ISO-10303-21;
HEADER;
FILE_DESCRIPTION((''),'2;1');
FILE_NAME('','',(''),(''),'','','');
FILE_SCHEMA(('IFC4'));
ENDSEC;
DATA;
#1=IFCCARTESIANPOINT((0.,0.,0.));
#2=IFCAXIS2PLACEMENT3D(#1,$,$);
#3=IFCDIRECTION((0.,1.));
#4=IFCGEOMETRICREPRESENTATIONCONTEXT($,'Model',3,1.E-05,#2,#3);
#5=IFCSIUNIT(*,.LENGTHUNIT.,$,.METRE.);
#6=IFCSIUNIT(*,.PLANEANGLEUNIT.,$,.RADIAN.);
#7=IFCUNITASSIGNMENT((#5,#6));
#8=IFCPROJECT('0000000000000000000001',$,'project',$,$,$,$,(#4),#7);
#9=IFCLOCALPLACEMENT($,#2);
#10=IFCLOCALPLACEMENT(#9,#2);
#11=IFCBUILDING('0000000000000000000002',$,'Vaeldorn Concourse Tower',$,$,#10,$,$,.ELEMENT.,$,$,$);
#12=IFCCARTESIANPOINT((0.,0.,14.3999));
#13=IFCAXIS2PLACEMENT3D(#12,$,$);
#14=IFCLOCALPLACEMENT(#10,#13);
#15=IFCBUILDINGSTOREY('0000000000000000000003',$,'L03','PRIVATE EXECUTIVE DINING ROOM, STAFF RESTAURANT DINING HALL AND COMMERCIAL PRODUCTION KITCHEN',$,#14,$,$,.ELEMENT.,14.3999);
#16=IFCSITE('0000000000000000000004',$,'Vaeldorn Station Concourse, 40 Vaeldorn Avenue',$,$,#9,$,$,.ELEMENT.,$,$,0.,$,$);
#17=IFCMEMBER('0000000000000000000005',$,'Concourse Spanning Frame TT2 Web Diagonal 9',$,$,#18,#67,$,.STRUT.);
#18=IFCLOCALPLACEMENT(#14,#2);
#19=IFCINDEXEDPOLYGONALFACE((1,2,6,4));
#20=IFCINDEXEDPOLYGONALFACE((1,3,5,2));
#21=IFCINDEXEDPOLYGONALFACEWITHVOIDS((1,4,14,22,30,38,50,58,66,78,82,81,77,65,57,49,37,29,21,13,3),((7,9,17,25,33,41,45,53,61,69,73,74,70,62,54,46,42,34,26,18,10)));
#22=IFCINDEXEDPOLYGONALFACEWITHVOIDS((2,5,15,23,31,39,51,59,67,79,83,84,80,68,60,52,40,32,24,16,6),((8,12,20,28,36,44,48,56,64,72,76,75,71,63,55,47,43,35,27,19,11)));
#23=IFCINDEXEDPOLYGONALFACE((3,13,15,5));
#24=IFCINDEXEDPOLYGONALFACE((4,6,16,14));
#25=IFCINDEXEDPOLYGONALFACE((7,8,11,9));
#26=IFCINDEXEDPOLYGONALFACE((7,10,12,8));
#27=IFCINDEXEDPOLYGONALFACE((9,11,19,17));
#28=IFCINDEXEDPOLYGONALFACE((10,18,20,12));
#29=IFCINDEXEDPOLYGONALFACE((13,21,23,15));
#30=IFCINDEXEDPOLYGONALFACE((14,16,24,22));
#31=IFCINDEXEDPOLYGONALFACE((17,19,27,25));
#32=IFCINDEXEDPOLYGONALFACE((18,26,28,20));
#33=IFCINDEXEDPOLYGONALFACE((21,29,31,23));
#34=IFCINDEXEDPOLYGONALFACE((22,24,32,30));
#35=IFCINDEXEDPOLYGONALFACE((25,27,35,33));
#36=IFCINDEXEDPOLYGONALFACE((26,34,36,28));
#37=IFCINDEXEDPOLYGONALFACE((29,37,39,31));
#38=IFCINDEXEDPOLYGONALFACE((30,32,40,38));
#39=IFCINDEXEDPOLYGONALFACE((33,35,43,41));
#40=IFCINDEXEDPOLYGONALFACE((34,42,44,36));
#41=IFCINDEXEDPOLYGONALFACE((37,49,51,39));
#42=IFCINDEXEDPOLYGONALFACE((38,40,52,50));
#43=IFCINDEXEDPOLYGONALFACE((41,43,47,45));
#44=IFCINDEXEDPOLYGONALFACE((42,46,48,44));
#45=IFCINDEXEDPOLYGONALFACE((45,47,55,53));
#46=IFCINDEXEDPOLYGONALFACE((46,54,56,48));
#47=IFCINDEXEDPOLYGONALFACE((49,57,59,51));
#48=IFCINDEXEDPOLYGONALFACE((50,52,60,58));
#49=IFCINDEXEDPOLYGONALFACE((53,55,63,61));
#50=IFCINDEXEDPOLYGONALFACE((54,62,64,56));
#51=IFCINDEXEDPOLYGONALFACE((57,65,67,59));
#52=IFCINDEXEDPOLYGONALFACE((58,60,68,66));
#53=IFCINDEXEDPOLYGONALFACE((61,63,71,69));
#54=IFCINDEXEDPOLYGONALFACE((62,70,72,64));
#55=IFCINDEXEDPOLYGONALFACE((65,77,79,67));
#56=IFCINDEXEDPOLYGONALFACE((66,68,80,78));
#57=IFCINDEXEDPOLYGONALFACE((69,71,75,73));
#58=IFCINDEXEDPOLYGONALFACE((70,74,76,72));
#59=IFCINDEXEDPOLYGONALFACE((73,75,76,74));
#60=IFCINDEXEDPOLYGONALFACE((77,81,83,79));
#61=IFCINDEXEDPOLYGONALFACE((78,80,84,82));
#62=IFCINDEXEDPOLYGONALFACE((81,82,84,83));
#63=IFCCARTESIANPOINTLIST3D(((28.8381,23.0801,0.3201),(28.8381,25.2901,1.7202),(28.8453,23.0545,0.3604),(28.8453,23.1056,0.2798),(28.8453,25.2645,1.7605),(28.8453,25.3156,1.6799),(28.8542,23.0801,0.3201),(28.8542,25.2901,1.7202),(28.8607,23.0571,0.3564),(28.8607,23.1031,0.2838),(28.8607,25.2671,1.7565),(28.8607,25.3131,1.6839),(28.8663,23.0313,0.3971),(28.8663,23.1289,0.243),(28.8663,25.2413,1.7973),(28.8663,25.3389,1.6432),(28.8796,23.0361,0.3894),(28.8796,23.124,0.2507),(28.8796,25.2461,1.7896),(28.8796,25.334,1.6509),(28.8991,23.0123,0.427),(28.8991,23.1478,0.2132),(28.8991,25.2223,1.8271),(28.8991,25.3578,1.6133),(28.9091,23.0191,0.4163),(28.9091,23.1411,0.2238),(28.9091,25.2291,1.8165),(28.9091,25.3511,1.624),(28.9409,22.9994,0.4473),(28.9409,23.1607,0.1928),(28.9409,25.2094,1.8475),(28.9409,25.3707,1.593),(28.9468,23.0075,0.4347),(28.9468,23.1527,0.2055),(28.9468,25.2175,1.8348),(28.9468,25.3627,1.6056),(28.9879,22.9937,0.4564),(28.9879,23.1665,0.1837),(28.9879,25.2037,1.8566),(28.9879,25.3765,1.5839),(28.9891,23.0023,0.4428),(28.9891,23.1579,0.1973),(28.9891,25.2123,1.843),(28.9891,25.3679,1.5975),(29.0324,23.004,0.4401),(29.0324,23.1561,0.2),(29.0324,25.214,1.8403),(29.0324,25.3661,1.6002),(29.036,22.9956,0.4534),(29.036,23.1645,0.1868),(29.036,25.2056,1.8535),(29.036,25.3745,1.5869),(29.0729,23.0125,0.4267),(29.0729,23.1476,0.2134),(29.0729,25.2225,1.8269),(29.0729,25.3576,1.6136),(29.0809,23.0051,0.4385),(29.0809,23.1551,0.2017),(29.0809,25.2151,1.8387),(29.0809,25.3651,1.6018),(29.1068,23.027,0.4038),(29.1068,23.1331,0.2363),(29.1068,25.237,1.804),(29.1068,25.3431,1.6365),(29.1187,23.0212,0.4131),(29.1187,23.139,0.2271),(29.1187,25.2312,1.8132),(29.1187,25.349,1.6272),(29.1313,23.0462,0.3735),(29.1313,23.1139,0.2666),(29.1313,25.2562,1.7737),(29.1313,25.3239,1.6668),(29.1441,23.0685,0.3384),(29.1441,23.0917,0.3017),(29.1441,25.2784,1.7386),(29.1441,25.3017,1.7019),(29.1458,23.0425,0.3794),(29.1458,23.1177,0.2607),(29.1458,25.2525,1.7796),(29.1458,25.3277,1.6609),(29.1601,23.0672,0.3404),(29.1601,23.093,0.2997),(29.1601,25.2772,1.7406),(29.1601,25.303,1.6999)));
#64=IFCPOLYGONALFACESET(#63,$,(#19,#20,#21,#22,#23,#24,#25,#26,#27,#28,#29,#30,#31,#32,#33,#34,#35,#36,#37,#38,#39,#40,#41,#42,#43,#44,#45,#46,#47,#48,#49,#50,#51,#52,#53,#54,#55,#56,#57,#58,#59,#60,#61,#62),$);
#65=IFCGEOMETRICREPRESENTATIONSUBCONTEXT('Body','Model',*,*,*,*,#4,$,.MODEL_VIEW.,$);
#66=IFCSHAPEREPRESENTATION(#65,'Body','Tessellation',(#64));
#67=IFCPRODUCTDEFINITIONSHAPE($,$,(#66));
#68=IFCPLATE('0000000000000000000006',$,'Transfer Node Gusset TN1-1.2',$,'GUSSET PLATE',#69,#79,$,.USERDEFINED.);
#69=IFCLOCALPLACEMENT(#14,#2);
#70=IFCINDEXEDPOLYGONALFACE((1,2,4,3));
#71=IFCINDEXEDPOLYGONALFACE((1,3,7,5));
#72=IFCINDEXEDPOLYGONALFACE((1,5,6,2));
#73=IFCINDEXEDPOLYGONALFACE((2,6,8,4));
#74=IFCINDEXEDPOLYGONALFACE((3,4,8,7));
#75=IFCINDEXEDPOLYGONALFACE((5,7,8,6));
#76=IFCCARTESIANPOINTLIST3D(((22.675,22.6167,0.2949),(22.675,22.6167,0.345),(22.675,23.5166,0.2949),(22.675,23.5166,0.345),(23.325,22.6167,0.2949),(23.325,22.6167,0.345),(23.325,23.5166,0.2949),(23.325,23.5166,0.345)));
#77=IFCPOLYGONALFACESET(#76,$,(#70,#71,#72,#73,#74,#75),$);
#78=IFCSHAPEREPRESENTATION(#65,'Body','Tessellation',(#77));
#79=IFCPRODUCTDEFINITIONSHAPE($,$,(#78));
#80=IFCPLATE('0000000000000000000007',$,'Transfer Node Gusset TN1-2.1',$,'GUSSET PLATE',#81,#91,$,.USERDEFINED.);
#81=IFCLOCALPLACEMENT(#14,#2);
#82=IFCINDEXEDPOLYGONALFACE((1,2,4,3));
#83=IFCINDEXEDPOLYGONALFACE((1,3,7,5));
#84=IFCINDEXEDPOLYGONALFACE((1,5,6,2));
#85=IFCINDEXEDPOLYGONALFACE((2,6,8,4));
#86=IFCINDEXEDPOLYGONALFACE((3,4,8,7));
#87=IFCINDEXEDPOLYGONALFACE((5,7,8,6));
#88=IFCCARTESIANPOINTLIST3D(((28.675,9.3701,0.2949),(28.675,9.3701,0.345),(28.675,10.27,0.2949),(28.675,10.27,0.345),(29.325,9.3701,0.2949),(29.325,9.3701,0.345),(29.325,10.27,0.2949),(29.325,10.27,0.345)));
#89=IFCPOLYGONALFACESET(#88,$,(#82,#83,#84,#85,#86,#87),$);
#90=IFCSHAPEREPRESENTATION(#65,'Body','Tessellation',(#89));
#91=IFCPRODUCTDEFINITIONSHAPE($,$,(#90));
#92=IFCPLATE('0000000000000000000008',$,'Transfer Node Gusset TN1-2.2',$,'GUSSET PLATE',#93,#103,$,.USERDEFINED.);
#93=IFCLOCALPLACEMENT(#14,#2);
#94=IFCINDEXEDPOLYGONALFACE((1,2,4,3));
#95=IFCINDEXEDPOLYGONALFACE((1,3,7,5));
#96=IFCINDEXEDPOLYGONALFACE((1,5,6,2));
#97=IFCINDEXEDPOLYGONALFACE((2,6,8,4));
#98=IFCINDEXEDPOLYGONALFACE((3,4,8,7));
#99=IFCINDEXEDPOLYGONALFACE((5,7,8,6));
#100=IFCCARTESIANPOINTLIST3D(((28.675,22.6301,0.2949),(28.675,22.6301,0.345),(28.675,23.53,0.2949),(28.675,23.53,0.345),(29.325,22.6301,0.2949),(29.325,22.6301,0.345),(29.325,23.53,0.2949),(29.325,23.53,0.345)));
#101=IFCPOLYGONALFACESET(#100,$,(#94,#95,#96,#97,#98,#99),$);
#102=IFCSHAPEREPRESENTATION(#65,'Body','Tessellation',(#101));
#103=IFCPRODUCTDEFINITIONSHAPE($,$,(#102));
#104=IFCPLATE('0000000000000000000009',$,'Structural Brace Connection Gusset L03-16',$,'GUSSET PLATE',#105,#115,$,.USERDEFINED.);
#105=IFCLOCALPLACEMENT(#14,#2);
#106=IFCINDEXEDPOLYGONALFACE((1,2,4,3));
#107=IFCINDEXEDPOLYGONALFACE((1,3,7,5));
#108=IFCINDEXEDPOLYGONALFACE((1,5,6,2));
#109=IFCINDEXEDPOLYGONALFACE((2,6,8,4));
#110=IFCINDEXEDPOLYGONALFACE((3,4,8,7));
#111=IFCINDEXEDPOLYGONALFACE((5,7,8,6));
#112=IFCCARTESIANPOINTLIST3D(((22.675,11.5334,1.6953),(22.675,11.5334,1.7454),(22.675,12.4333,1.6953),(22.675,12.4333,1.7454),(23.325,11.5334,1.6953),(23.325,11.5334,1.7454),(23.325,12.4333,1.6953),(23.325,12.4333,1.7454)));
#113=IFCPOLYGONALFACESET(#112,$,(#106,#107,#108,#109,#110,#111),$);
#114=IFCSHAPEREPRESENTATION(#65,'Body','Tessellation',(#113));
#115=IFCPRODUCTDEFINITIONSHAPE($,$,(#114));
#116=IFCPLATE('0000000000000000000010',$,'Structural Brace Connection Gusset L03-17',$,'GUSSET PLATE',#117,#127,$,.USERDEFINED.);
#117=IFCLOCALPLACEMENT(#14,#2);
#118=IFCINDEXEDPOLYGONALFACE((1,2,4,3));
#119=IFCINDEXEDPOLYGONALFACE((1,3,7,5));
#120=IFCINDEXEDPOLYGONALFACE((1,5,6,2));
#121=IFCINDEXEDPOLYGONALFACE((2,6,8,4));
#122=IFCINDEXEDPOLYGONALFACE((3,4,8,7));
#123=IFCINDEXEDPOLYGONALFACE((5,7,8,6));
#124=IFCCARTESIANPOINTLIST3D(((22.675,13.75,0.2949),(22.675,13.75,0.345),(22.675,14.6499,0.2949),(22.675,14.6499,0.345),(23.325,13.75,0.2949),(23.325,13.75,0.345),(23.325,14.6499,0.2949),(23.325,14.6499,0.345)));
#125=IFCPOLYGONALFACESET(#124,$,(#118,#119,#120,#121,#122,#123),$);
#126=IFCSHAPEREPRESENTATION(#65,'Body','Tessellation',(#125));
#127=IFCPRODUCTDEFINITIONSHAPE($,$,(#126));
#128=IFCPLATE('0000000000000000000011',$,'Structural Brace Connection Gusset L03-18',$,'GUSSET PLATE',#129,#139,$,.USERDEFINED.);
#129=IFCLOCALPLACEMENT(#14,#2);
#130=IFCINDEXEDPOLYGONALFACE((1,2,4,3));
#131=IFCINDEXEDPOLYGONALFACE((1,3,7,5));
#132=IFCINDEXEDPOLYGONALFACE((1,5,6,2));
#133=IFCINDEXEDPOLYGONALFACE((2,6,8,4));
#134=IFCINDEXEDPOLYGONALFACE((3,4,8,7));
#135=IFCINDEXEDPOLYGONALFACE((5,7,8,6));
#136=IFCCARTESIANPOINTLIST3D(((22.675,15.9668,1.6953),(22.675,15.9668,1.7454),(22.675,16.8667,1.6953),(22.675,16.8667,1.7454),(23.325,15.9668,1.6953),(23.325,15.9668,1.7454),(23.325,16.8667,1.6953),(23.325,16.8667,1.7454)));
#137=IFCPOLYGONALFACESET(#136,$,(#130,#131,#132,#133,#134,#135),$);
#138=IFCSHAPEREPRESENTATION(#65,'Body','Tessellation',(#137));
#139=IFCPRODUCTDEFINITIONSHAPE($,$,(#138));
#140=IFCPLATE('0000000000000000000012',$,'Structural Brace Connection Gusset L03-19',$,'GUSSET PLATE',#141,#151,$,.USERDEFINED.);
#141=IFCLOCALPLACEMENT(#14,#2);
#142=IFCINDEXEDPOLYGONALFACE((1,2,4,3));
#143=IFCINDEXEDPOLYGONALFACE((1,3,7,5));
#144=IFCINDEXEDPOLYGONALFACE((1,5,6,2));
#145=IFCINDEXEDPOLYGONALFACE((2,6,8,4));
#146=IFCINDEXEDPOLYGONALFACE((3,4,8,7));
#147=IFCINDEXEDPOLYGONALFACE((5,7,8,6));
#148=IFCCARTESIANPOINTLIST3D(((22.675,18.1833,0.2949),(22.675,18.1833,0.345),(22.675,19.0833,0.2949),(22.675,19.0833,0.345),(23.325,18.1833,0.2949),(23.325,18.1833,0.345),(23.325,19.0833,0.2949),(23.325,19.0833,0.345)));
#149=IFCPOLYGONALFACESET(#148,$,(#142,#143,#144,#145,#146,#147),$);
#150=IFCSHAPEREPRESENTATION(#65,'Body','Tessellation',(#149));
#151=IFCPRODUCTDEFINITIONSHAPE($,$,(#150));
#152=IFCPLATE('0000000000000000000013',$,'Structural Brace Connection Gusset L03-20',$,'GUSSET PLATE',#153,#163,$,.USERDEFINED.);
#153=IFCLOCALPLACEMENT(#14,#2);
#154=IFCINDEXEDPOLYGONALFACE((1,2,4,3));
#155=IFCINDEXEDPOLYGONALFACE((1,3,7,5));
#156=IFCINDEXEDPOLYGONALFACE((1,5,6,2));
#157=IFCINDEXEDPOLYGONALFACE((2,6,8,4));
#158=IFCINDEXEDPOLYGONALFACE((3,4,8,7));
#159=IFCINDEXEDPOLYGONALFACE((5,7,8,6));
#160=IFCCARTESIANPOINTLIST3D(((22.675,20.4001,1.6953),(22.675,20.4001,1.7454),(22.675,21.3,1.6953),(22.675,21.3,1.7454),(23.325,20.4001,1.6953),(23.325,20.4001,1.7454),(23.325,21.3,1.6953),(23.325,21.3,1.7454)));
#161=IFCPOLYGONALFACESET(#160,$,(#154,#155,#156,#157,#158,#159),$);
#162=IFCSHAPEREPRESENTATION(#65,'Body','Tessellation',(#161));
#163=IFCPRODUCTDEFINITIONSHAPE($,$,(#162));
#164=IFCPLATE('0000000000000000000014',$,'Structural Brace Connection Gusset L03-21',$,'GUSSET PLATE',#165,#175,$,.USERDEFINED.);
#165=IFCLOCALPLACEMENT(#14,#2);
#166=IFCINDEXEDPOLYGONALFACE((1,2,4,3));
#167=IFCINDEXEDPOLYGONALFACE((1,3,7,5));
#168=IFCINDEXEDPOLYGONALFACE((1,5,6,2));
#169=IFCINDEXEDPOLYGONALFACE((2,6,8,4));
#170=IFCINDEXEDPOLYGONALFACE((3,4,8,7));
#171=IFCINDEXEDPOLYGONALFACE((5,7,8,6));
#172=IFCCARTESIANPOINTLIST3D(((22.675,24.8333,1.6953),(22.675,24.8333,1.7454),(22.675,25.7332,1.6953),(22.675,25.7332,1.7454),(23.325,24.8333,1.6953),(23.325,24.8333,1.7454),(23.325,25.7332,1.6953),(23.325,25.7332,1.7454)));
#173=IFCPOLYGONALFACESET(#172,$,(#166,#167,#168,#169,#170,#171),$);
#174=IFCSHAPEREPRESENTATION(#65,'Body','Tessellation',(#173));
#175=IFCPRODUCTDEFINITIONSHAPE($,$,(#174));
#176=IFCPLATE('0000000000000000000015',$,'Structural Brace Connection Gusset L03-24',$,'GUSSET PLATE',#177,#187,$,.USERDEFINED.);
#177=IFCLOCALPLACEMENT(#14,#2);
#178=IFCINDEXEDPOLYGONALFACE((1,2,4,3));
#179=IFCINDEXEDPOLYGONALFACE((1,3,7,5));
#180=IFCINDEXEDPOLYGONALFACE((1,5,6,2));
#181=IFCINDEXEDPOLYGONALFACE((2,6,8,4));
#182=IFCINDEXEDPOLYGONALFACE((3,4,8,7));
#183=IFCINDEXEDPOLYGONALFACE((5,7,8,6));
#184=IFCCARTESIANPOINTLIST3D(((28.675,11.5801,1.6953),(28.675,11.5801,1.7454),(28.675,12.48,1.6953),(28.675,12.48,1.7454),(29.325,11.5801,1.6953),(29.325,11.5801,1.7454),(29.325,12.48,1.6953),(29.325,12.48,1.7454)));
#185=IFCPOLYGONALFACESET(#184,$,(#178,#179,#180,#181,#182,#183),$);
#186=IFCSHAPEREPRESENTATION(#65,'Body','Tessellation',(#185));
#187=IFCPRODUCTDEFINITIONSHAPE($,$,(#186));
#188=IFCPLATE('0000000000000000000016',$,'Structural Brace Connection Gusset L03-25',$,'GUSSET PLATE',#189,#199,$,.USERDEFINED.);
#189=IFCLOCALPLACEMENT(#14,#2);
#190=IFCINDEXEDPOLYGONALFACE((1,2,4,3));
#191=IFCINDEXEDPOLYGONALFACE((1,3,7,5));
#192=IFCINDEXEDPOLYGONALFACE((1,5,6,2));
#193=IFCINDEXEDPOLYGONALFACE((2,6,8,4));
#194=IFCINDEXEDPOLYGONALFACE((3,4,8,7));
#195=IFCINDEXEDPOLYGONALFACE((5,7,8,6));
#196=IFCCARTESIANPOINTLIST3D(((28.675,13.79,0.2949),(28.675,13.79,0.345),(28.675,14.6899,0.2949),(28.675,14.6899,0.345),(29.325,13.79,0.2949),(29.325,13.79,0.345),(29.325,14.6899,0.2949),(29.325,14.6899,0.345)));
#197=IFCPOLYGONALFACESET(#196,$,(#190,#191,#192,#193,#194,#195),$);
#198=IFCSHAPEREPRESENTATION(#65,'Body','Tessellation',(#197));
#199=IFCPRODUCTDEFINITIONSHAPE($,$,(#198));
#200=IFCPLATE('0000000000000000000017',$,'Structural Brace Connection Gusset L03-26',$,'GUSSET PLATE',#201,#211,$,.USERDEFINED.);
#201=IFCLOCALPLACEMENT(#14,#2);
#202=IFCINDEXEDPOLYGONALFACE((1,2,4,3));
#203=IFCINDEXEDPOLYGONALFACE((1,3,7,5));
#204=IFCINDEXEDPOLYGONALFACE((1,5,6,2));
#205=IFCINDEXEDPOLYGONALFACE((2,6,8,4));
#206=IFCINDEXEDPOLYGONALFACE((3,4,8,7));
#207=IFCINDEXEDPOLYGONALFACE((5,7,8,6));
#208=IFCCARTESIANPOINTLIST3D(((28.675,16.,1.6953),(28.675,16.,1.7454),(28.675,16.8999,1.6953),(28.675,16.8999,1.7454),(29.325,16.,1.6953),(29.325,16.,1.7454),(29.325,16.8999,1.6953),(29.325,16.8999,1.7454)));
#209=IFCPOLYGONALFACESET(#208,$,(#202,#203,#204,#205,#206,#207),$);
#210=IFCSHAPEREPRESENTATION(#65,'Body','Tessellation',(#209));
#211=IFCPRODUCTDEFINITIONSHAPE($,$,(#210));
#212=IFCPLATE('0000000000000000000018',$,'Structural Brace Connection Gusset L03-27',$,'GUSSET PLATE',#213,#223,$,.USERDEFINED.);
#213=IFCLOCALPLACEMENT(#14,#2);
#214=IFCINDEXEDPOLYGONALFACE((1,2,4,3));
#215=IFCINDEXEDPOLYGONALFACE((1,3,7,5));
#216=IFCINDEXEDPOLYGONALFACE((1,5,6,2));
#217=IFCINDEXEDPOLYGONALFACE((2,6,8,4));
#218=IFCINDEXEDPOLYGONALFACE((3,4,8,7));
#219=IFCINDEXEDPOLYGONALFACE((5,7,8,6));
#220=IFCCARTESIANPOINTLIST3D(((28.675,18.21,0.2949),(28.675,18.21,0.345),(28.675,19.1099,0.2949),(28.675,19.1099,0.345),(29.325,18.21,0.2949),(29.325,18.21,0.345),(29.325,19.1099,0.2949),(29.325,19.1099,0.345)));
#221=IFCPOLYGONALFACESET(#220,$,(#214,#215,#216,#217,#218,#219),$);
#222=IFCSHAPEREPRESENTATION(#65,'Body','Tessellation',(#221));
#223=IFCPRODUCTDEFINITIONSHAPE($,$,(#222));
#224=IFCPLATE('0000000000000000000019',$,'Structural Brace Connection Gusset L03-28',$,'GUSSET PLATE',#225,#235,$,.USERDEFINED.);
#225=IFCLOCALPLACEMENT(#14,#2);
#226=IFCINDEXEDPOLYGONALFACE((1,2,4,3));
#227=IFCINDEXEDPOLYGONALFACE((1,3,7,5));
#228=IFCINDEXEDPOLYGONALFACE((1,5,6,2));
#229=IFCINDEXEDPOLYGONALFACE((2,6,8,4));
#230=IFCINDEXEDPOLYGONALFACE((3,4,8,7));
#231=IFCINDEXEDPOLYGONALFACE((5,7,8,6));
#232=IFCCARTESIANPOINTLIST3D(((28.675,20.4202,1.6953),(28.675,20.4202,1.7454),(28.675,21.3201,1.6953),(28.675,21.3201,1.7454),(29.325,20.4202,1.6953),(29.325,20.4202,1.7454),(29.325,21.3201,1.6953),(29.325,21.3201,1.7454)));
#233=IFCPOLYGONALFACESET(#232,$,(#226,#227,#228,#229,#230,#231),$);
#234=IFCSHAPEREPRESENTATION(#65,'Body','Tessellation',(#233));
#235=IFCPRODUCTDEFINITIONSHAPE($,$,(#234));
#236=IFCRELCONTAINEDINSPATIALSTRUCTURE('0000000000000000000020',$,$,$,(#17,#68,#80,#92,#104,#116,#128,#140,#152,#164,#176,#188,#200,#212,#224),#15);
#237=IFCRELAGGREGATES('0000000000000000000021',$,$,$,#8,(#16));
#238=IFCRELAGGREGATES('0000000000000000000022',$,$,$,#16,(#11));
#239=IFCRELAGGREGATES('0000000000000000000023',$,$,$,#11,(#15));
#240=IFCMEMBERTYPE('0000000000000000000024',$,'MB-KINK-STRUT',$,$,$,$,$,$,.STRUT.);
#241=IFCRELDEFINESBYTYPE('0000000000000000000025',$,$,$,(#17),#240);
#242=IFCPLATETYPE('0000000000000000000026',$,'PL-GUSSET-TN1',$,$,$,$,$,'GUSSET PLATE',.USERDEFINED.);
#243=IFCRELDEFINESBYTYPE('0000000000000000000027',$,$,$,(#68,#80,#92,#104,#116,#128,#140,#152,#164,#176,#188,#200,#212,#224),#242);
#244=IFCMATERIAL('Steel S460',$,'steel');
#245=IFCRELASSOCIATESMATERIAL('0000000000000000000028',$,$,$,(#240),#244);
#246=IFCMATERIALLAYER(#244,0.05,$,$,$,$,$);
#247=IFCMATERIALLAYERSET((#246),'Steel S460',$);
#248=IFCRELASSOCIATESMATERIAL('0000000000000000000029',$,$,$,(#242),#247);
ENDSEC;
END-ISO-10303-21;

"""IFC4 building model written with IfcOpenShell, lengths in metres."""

from ifc_helpers import new_model, si_unit, direction, frame, origin, origin_2d, place, context, subcontext, project, spatial, rectangle, hollow_circle, extrude, source, transform, mapped, material, layer, layer_set, material_profile, profile_set, type_object, element, save


model = new_model("IFC4")

# Units and contexts
model_context = context("Model", 3, precision=1e-05, world=origin(), true_north=direction((0.0, 1.0)))
body_context = subcontext(model_context, "Body", "Model", "MODEL_VIEW")
ifc_project = project(units=[si_unit("LENGTHUNIT", "METRE"), si_unit("PLANEANGLEUNIT", "RADIAN")], contexts=[model_context])

# Site, building, storey
site_placement = place(None, origin())
site = spatial("IfcSite", under=ifc_project, at=site_placement, Name="Vaeldorn Station Concourse, 40 Vaeldorn Avenue", CompositionType="ELEMENT", RefElevation=0.0)
building_placement = place(site_placement, origin())
building = spatial("IfcBuilding", under=site, at=building_placement, Name="Vaeldorn Concourse Tower", CompositionType="ELEMENT")
storey_placement = place(building_placement, frame((0.0, 0.0, 14.3999)))
storey = spatial("IfcBuildingStorey", under=building, at=storey_placement, Name="L03", Description="PRIVATE EXECUTIVE DINING ROOM, STAFF RESTAURANT DINING HALL AND COMMERCIAL PRODUCTION KITCHEN", CompositionType="ELEMENT", Elevation=14.3999)

# Shared definitions
ifc_material = material(Name="Steel S460", Category="steel")

# Member
ifc_material_profile_1 = material_profile(ifc_material, hollow_circle(Radius=0.1619, WallThickness=0.0161, at=origin_2d()), Name="CHS 323.9x16")
ifc_profile_set_1 = profile_set([ifc_material_profile_1], Name="Steel S460")
member_type_1 = type_object("IfcMemberType", Name="MB-KINK-STRUT", PredefinedType="STRUT", material=ifc_profile_set_1)
shared_shape_1 = source(origin(), body_context, "Body", "SweptSolid", [
    extrude(hollow_circle(Radius=0.1619, WallThickness=0.0161, at=origin_2d()), origin(), (0.0, 0.0, 1.0), 2.6162),
])
for number, where, z_axis, x_axis, name in (
    (1, (29.0, 23.0801, 0.3201), (0.0, 0.844732, 0.53519), (-1.0, 0.0, 0.0), "Concourse Spanning Frame TT2 Web Diagonal 9"),
):
    element("IfcMember", number, at=place(storey_placement, frame(where, z_axis=z_axis, x_axis=x_axis)), inside=storey, type_object=member_type_1, Name=name, PredefinedType="STRUT", context=body_context, shape_type="MappedRepresentation", body=[
        mapped(shared_shape_1, transform((0.0, 0.0, 0.0), scale=1.0)),
    ])

# Plates
ifc_layer = layer(ifc_material, 0.05)
ifc_layer_set = layer_set([ifc_layer], Name="Steel S460")
plate_type = type_object("IfcPlateType", Name="PL-GUSSET-TN1", ElementType="GUSSET PLATE", PredefinedType="USERDEFINED", material=ifc_layer_set)
shared_shape_2 = source(origin(), body_context, "Body", "SweptSolid", [
    extrude(rectangle(XDim=0.8999, YDim=0.6499, at=origin_2d()), origin(), (0.0, 0.0, 1.0), 0.05),
])
for number, where, z_axis, x_axis, name in (
    (2, (23.0, 23.0667, 0.2949), (0.0, 0.0, 1.0), (0.0, 1.0, 0.0), "Transfer Node Gusset TN1-1.2"),
    (3, (29.0, 9.8201, 0.2949), (0.0, 0.0, 1.0), (0.0, 1.0, 0.0), "Transfer Node Gusset TN1-2.1"),
    (4, (29.0, 23.0801, 0.2949), (0.0, 0.0, 1.0), (0.0, 1.0, 0.0), "Transfer Node Gusset TN1-2.2"),
    (5, (23.0, 11.9834, 1.6953), (0.0, 0.0, 1.0), (0.0, 1.0, 0.0), "Structural Brace Connection Gusset L03-16"),
    (6, (23.0, 14.2, 0.2949), (0.0, 0.0, 1.0), (0.0, 1.0, 0.0), "Structural Brace Connection Gusset L03-17"),
    (7, (23.0, 16.4167, 1.6953), (0.0, 0.0, 1.0), (0.0, 1.0, 0.0), "Structural Brace Connection Gusset L03-18"),
    (8, (23.0, 18.6333, 0.2949), (0.0, 0.0, 1.0), (0.0, 1.0, 0.0), "Structural Brace Connection Gusset L03-19"),
    (9, (23.0, 20.8501, 1.6953), (0.0, 0.0, 1.0), (0.0, 1.0, 0.0), "Structural Brace Connection Gusset L03-20"),
    (10, (23.0, 25.2832, 1.6953), (0.0, 0.0, 1.0), (0.0, 1.0, 0.0), "Structural Brace Connection Gusset L03-21"),
    (11, (29.0, 12.03, 1.6953), (0.0, 0.0, 1.0), (0.0, 1.0, 0.0), "Structural Brace Connection Gusset L03-24"),
    (12, (29.0, 14.24, 0.2949), (0.0, 0.0, 1.0), (0.0, 1.0, 0.0), "Structural Brace Connection Gusset L03-25"),
    (13, (29.0, 16.45, 1.6953), (0.0, 0.0, 1.0), (0.0, 1.0, 0.0), "Structural Brace Connection Gusset L03-26"),
    (14, (29.0, 18.6599, 0.2949), (0.0, 0.0, 1.0), (0.0, 1.0, 0.0), "Structural Brace Connection Gusset L03-27"),
    (15, (29.0, 20.8701, 1.6953), (0.0, 0.0, 1.0), (0.0, 1.0, 0.0), "Structural Brace Connection Gusset L03-28"),
):
    element("IfcPlate", number, at=place(storey_placement, frame(where, z_axis=z_axis, x_axis=x_axis)), inside=storey, type_object=plate_type, Name=name, ObjectType="GUSSET PLATE", PredefinedType="USERDEFINED", context=body_context, shape_type="MappedRepresentation", body=[
        mapped(shared_shape_2, transform((0.0, 0.0, 0.0), scale=1.0)),
    ])

save(model, "model.ifc")
